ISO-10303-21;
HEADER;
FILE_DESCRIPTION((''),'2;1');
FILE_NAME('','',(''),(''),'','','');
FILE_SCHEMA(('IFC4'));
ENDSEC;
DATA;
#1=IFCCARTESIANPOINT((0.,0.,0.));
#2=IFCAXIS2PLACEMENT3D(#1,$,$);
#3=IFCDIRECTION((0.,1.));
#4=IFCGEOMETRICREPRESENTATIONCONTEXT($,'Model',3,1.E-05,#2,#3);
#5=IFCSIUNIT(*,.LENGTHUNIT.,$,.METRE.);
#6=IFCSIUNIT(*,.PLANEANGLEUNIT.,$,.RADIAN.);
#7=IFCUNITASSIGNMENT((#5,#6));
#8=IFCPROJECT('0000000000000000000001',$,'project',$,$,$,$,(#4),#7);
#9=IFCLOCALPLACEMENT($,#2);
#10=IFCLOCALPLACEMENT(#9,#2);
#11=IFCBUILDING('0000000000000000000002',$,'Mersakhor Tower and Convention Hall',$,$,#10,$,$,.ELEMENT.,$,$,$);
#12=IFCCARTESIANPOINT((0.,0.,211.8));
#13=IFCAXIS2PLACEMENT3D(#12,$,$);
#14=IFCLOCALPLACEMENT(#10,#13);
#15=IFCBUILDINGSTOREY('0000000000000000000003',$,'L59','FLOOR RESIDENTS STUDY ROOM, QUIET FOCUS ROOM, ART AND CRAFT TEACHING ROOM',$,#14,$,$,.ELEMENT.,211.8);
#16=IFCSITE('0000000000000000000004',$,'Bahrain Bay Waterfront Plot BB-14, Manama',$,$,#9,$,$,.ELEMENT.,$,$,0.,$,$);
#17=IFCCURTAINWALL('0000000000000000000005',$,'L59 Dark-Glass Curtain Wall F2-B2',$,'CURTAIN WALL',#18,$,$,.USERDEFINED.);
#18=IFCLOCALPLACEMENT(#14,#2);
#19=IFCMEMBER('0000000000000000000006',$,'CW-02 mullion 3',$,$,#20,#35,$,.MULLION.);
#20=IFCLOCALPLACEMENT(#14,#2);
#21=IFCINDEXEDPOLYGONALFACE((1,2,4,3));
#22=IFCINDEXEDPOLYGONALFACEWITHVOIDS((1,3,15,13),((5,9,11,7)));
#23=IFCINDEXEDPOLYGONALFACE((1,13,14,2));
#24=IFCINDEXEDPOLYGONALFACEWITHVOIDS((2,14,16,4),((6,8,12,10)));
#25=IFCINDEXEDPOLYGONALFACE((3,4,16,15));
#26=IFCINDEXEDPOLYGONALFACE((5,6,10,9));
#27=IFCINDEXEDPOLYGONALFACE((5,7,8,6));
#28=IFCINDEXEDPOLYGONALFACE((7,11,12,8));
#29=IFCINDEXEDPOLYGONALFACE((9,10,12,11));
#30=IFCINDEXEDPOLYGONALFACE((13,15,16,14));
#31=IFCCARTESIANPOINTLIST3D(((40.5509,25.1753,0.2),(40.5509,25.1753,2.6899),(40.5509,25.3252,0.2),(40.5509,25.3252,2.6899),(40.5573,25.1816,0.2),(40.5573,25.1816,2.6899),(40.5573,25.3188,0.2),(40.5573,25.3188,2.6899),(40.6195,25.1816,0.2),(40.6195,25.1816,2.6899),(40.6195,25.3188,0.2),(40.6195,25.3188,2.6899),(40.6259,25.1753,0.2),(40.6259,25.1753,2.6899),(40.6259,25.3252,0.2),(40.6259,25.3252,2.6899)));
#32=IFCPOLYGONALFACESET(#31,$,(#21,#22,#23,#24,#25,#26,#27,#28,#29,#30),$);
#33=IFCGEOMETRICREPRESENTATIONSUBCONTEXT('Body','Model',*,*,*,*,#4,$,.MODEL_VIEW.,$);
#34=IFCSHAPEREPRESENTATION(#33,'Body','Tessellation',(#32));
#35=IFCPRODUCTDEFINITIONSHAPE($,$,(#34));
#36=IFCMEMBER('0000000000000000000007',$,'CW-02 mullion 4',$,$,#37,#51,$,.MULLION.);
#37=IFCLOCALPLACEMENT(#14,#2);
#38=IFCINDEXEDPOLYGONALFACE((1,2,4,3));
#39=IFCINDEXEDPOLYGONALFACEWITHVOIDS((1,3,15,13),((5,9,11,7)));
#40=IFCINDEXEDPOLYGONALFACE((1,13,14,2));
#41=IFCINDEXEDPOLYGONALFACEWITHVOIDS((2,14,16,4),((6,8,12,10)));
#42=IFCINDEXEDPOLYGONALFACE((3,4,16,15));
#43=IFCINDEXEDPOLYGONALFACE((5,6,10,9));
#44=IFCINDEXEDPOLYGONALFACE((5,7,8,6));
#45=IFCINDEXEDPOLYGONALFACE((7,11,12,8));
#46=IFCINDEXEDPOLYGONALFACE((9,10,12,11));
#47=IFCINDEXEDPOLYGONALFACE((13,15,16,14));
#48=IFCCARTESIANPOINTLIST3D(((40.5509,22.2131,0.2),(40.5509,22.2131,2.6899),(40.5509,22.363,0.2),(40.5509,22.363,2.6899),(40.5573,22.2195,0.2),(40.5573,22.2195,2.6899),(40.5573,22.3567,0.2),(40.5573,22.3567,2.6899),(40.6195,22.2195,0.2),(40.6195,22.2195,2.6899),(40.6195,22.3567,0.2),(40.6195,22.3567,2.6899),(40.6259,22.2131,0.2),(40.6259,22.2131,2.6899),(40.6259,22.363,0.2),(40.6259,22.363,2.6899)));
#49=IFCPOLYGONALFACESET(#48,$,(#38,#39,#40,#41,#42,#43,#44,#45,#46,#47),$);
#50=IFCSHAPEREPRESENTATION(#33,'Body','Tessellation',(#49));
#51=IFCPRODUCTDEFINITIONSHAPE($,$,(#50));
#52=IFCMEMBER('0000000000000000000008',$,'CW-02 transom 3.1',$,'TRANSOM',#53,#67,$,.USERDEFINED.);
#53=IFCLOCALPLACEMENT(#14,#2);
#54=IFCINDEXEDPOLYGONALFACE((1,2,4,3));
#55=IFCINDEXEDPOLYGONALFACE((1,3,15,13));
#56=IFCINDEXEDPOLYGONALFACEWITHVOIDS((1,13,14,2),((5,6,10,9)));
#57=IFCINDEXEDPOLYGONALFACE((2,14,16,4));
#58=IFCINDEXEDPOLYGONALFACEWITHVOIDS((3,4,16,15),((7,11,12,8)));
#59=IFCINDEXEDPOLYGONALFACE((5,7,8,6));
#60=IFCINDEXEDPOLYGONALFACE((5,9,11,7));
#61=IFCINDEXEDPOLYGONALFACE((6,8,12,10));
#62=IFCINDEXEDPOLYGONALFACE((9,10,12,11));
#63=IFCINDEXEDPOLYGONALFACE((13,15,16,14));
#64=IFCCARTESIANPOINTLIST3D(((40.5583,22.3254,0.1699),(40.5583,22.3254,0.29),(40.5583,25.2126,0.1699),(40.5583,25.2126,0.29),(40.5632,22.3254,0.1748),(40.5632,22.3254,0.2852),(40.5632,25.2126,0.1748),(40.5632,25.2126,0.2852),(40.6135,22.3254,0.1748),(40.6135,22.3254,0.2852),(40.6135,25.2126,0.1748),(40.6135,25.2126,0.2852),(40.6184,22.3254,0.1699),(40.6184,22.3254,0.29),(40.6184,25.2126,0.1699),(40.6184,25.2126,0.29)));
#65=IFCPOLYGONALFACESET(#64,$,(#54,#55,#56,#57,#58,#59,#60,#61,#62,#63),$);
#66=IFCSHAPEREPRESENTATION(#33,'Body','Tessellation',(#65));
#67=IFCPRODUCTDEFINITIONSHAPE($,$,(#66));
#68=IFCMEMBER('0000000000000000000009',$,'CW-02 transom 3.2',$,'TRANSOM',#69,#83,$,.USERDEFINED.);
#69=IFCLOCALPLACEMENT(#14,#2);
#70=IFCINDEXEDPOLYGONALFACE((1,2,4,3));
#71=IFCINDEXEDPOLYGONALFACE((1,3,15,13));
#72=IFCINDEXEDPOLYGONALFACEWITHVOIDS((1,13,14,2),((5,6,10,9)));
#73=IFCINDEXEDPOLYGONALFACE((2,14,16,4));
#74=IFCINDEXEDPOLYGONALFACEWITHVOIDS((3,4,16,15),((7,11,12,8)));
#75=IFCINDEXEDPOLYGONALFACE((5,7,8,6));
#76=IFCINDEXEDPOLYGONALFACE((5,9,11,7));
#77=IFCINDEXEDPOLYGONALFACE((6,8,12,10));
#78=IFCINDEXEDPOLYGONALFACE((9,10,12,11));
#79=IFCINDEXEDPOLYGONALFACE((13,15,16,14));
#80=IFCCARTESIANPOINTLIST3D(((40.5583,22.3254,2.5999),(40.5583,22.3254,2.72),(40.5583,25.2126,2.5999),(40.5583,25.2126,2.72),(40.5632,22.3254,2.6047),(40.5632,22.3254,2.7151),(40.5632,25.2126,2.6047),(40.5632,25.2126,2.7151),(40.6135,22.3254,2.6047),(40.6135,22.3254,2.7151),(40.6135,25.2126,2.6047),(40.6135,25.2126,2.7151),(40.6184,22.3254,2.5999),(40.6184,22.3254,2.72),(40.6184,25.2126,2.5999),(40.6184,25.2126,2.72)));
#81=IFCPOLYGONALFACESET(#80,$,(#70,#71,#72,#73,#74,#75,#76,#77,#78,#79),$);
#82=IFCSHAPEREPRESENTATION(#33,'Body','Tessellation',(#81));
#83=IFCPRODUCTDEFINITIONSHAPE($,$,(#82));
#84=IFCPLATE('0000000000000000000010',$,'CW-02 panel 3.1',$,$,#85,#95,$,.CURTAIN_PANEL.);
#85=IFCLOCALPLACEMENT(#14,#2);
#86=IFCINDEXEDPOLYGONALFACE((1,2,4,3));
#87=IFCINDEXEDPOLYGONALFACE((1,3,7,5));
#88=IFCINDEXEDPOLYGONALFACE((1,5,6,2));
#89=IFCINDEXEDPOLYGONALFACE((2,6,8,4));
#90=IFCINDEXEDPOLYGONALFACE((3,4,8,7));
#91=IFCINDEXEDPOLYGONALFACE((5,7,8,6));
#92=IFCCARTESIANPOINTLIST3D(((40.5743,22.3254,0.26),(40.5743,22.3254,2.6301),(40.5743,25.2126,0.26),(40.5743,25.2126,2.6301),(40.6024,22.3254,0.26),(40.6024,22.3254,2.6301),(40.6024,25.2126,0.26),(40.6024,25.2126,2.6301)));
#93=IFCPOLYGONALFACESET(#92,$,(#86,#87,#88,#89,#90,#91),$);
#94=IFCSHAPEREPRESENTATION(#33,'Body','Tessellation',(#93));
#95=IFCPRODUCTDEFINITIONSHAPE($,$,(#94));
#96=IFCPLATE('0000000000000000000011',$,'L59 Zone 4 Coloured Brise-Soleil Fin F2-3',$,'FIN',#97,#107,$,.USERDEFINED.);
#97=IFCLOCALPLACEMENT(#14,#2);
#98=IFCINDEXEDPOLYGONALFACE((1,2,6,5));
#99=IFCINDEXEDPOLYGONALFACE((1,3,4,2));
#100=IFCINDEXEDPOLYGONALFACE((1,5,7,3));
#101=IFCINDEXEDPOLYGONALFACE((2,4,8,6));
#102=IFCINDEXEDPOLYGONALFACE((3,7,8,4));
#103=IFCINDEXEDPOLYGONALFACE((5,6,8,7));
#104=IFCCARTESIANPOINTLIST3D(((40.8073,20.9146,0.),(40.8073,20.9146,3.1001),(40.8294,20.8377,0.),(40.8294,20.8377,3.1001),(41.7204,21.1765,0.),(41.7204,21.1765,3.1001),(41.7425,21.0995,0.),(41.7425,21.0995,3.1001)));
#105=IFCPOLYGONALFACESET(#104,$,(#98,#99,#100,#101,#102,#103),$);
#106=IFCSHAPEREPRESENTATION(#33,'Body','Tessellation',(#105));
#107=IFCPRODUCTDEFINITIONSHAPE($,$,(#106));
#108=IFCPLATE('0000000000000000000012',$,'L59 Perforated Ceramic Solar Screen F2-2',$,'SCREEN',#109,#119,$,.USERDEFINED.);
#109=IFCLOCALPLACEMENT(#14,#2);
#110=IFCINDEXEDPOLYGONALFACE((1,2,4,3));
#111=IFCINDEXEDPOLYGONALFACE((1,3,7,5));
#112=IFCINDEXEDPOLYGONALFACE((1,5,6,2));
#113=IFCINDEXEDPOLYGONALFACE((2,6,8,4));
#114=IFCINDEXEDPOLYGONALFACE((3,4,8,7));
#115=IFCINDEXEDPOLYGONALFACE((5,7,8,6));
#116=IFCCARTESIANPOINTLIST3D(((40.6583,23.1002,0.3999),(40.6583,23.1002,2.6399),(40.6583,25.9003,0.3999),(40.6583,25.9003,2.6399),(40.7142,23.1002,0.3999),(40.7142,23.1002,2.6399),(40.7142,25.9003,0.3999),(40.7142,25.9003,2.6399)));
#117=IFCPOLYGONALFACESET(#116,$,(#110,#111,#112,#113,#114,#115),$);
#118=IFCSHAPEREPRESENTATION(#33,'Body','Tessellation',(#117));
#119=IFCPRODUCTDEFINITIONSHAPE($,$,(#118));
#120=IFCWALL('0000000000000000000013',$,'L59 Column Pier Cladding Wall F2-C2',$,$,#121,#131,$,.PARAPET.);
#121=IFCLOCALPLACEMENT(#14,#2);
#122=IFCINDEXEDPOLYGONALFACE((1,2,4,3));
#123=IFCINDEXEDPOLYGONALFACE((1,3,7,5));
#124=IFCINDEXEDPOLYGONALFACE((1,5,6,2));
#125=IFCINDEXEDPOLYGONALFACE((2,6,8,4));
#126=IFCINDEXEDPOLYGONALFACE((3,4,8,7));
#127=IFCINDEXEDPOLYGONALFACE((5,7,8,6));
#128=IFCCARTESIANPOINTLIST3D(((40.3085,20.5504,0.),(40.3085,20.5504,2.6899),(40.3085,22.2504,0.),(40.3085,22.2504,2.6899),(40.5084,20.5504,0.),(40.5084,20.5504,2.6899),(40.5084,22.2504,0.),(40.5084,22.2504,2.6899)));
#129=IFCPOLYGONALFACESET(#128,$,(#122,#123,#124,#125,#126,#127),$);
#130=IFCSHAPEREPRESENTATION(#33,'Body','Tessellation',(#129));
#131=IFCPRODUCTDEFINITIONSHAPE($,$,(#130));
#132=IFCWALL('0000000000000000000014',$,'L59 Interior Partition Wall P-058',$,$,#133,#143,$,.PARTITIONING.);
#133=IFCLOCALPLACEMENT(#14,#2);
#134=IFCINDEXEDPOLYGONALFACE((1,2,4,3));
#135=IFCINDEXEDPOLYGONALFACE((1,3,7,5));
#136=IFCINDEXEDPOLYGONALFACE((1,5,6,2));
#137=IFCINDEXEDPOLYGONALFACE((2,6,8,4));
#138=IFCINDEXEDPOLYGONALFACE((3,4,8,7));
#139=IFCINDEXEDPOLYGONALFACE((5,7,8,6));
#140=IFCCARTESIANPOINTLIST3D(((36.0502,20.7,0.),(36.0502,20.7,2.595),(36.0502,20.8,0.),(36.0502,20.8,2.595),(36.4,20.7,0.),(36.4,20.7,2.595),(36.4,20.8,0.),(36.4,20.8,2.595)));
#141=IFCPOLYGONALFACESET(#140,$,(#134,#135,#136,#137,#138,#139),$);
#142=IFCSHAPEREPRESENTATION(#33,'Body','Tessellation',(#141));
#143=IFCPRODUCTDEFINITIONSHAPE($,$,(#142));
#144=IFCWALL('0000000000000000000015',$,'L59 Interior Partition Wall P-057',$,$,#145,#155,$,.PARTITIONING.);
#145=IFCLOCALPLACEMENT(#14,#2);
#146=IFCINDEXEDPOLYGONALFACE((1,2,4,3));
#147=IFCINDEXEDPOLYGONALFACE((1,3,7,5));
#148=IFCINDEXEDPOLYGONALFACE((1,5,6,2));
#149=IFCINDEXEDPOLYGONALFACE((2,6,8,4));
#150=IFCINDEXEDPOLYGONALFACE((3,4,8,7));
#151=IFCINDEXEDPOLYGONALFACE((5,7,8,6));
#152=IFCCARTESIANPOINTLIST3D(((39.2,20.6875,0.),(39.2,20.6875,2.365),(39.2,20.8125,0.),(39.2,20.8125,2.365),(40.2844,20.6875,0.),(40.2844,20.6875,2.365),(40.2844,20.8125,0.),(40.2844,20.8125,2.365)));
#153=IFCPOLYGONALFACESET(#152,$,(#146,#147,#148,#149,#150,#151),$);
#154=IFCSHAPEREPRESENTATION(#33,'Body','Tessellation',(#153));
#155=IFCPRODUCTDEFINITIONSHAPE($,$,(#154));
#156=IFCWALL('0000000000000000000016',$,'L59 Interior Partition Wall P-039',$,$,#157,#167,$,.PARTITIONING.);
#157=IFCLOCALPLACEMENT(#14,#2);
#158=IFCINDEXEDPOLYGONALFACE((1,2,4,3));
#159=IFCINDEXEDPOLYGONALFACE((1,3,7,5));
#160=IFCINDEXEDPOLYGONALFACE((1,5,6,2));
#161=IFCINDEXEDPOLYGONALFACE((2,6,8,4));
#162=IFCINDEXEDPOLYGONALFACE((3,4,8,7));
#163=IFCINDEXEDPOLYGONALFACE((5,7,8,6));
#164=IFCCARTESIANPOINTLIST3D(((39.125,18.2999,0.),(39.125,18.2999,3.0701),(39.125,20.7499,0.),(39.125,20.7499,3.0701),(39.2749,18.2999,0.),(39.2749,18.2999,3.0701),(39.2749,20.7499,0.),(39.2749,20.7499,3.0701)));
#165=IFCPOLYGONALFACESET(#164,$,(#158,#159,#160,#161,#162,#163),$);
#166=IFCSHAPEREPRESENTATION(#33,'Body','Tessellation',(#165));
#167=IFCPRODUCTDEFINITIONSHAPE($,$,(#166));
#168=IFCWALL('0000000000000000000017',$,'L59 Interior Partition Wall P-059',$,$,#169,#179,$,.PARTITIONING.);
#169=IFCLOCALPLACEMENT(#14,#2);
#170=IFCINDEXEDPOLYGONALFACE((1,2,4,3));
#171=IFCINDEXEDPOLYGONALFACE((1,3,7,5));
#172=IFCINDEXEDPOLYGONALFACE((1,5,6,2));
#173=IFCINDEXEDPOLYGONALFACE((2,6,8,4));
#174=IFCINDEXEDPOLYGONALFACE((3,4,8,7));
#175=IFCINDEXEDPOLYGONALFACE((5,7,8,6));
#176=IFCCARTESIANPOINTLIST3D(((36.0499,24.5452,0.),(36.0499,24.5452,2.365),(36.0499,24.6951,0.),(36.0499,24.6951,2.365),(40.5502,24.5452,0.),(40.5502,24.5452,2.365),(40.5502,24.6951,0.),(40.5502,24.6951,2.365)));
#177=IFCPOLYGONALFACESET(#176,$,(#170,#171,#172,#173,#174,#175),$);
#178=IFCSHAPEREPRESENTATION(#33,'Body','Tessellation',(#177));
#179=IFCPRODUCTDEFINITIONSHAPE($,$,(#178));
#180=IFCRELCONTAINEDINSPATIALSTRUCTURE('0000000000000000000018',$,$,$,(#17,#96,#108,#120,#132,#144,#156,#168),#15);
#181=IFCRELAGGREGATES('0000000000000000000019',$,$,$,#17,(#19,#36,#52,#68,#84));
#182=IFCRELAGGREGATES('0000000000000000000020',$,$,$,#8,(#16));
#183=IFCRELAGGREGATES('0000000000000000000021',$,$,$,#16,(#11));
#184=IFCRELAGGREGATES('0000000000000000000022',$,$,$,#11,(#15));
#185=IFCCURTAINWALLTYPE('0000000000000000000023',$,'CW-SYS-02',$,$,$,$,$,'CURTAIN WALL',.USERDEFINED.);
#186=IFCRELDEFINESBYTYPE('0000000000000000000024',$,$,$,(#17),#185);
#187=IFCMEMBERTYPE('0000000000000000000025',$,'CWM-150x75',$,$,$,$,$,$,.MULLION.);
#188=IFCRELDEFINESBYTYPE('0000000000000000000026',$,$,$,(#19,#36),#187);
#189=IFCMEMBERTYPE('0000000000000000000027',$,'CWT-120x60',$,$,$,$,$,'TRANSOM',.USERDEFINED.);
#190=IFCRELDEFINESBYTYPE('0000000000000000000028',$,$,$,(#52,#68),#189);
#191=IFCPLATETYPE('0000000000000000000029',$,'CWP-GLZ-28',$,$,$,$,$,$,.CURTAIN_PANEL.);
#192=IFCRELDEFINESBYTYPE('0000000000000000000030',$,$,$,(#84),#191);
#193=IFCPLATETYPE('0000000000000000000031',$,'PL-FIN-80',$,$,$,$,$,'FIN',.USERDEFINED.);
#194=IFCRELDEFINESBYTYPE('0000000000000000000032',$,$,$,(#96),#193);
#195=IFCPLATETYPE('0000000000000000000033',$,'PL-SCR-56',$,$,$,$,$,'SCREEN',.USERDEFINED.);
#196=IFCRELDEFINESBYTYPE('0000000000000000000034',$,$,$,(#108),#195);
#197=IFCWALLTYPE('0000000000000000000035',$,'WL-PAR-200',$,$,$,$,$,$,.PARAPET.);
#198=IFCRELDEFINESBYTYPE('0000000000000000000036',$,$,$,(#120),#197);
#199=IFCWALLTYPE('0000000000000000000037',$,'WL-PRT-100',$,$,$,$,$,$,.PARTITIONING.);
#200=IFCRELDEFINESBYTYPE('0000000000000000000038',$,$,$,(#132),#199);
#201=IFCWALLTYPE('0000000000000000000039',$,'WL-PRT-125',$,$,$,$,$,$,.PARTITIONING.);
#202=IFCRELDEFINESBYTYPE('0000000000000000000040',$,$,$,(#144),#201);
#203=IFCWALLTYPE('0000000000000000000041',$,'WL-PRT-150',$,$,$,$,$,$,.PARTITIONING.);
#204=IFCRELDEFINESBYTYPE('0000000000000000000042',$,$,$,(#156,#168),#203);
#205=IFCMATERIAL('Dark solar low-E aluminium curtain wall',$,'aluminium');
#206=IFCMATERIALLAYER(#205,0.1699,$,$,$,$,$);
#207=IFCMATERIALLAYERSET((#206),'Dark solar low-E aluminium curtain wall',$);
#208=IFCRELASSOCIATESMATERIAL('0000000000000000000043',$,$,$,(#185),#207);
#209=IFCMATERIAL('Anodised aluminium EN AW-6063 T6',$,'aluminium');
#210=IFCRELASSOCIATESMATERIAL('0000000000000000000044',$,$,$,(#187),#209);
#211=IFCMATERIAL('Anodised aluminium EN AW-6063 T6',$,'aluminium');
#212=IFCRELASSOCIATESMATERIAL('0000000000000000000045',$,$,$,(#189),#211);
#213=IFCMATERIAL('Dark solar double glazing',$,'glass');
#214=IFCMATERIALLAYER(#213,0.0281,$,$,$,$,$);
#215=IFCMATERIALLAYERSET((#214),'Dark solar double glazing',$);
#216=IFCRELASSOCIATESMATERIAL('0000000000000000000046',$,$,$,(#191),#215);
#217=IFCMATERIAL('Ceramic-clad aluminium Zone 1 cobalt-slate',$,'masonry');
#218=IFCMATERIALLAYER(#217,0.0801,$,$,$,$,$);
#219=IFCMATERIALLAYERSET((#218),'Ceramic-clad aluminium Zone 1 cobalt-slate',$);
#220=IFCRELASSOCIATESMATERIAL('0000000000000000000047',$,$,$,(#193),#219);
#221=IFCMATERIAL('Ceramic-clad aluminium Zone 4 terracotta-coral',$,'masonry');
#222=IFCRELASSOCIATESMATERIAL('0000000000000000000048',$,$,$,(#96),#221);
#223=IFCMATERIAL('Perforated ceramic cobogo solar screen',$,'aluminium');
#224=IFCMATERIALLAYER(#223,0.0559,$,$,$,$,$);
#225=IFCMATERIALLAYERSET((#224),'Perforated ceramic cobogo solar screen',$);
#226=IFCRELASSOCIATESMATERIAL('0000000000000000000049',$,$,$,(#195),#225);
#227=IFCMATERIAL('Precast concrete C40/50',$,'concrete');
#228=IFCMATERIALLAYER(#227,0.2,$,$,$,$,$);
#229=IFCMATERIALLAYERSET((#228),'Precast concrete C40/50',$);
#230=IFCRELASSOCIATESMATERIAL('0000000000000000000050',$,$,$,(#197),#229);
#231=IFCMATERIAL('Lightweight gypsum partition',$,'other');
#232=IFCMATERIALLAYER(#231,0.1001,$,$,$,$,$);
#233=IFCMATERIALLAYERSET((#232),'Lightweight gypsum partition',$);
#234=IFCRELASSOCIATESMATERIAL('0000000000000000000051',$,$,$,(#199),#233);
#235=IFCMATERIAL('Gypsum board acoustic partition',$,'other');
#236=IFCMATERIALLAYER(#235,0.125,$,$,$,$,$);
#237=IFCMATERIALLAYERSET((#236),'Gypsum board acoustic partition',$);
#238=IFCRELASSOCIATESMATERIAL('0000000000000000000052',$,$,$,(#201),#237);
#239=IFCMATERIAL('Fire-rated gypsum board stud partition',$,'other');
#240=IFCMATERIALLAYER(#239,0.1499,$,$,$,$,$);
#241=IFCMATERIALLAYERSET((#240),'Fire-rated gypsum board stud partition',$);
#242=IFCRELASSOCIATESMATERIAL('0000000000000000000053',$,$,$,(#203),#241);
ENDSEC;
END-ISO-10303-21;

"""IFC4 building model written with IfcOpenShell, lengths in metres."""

from ifc_helpers import new_model, si_unit, direction, frame, frame_2d, origin, origin_2d, place, context, subcontext, project, spatial, rectangle, hollow_rectangle, extrude, material, layer, layer_set, material_profile, profile_set, type_object, element, aggregate, save


model = new_model("IFC4")

# Units and contexts
model_context = context("Model", 3, precision=1e-05, world=origin(), true_north=direction((0.0, 1.0)))
body_context = subcontext(model_context, "Body", "Model", "MODEL_VIEW")
ifc_project = project(units=[si_unit("LENGTHUNIT", "METRE"), si_unit("PLANEANGLEUNIT", "RADIAN")], contexts=[model_context])

# Site, building, storey
site_placement = place(None, origin())
site = spatial("IfcSite", under=ifc_project, at=site_placement, Name="Bahrain Bay Waterfront Plot BB-14, Manama", CompositionType="ELEMENT", RefElevation=0.0)
building_placement = place(site_placement, origin())
building = spatial("IfcBuilding", under=site, at=building_placement, Name="Mersakhor Tower and Convention Hall", CompositionType="ELEMENT")
storey_placement = place(building_placement, frame((0.0, 0.0, 211.8)))
storey = spatial("IfcBuildingStorey", under=building, at=storey_placement, Name="L59", Description="FLOOR RESIDENTS STUDY ROOM, QUIET FOCUS ROOM, ART AND CRAFT TEACHING ROOM", CompositionType="ELEMENT", Elevation=211.8)

# Curtain wall, members, plate
ifc_material_1 = material(Name="Dark solar low-E aluminium curtain wall", Category="aluminium")
ifc_layer_1 = layer(ifc_material_1, 0.1699)
ifc_layer_set_1 = layer_set([ifc_layer_1], Name="Dark solar low-E aluminium curtain wall")
curtain_wall_type = type_object("IfcCurtainWallType", Name="CW-SYS-02", ElementType="CURTAIN WALL", PredefinedType="USERDEFINED", material=ifc_layer_set_1)
curtain_wall_placement = place(storey_placement, origin())
curtain_wall = element("IfcCurtainWall", 1, at=curtain_wall_placement, inside=storey, type_object=curtain_wall_type, Name="L59 Dark-Glass Curtain Wall F2-B2", ObjectType="CURTAIN WALL", PredefinedType="USERDEFINED")
ifc_material_2 = material(Name="Anodised aluminium EN AW-6063 T6", Category="aluminium")
ifc_material_profile_1 = material_profile(ifc_material_2, hollow_rectangle(XDim=0.075, YDim=0.1499, WallThickness=0.0063, at=origin_2d()), Name="RHS 150x75x6.3")
ifc_profile_set_1 = profile_set([ifc_material_profile_1], Name="Anodised aluminium EN AW-6063 T6")
member_type_1 = type_object("IfcMemberType", Name="CWM-150x75", PredefinedType="MULLION", material=ifc_profile_set_1)
member_1_placement = place(storey_placement, frame((40.5884, 25.2502, 0.2), z_axis=(0.0, 0.0, 1.0), x_axis=(1.0, 0.0, 0.0)))
member_1 = element("IfcMember", 2, at=member_1_placement, type_object=member_type_1, Name="CW-02 mullion 3", PredefinedType="MULLION", context=body_context, shape_type="SweptSolid", body=[
    extrude(hollow_rectangle(XDim=0.075, YDim=0.1499, WallThickness=0.0063, at=origin_2d()), origin(), (0.0, 0.0, 1.0), 2.49),
])
member_2_placement = place(storey_placement, frame((40.5884, 22.2881, 0.2), z_axis=(0.0, 0.0, 1.0), x_axis=(1.0, 0.0, 0.0)))
member_2 = element("IfcMember", 3, at=member_2_placement, type_object=member_type_1, Name="CW-02 mullion 4", PredefinedType="MULLION", context=body_context, shape_type="SweptSolid", body=[
    extrude(hollow_rectangle(XDim=0.075, YDim=0.1499, WallThickness=0.0063, at=origin_2d()), origin(), (0.0, 0.0, 1.0), 2.49),
])
ifc_material_3 = material(Name="Anodised aluminium EN AW-6063 T6", Category="aluminium")
ifc_material_profile_2 = material_profile(ifc_material_3, hollow_rectangle(XDim=0.0601, YDim=0.1201, WallThickness=0.0049, at=origin_2d()), Name="RHS 120x60x5")
ifc_profile_set_2 = profile_set([ifc_material_profile_2], Name="Anodised aluminium EN AW-6063 T6")
member_type_2 = type_object("IfcMemberType", Name="CWT-120x60", ElementType="TRANSOM", PredefinedType="USERDEFINED", material=ifc_profile_set_2)
member_3_placement = place(storey_placement, frame((40.5884, 25.2126, 0.23), z_axis=(0.0, -1.0, 0.0), x_axis=(1.0, 0.0, 0.0)))
member_3 = element("IfcMember", 4, at=member_3_placement, type_object=member_type_2, Name="CW-02 transom 3.1", ObjectType="TRANSOM", PredefinedType="USERDEFINED", context=body_context, shape_type="SweptSolid", body=[
    extrude(hollow_rectangle(XDim=0.0601, YDim=0.1201, WallThickness=0.0049, at=origin_2d()), origin(), (0.0, 0.0, 1.0), 2.8872),
])
member_4_placement = place(storey_placement, frame((40.5884, 25.2126, 2.6599), z_axis=(0.0, -1.0, 0.0), x_axis=(1.0, 0.0, 0.0)))
member_4 = element("IfcMember", 5, at=member_4_placement, type_object=member_type_2, Name="CW-02 transom 3.2", ObjectType="TRANSOM", PredefinedType="USERDEFINED", context=body_context, shape_type="SweptSolid", body=[
    extrude(hollow_rectangle(XDim=0.0601, YDim=0.1201, WallThickness=0.0049, at=origin_2d()), origin(), (0.0, 0.0, 1.0), 2.8872),
])
ifc_material_4 = material(Name="Dark solar double glazing", Category="glass")
ifc_layer_2 = layer(ifc_material_4, 0.0281)
ifc_layer_set_2 = layer_set([ifc_layer_2], Name="Dark solar double glazing")
plate_type_1 = type_object("IfcPlateType", Name="CWP-GLZ-28", PredefinedType="CURTAIN_PANEL", material=ifc_layer_set_2)
plate_1_placement = place(storey_placement, frame((40.5884, 23.769, 0.26), z_axis=(0.0, 0.0, 1.0), x_axis=(0.0, -1.0, 0.0)))
plate_1 = element("IfcPlate", 6, at=plate_1_placement, type_object=plate_type_1, Name="CW-02 panel 3.1", PredefinedType="CURTAIN_PANEL", context=body_context, shape_type="SweptSolid", body=[
    extrude(rectangle(XDim=2.8872, YDim=0.0281, at=origin_2d()), origin(), (0.0, 0.0, 1.0), 2.3701),
])
aggregate(curtain_wall, [member_1, member_2, member_3, member_4, plate_1])

# Plates
ifc_material_5 = material(Name="Ceramic-clad aluminium Zone 4 terracotta-coral", Category="masonry")
ifc_material_6 = material(Name="Ceramic-clad aluminium Zone 1 cobalt-slate", Category="masonry")
ifc_layer_3 = layer(ifc_material_6, 0.0801)
ifc_layer_set_3 = layer_set([ifc_layer_3], Name="Ceramic-clad aluminium Zone 1 cobalt-slate")
plate_type_2 = type_object("IfcPlateType", Name="PL-FIN-80", ElementType="FIN", PredefinedType="USERDEFINED", material=ifc_layer_set_3)
plate_2_placement = place(storey_placement, frame((41.2749, 21.0071, 0.0), z_axis=(0.0, 0.0, 1.0), x_axis=(0.961262, 0.275637, 0.0)))
element("IfcPlate", 7, at=plate_2_placement, inside=storey, type_object=plate_type_2, material=ifc_material_5, Name="L59 Zone 4 Coloured Brise-Soleil Fin F2-3", ObjectType="FIN", PredefinedType="USERDEFINED", context=body_context, shape_type="SweptSolid", body=[
    extrude(rectangle(XDim=0.95, YDim=0.0801, at=origin_2d()), origin(), (0.0, 0.0, 1.0), 3.1001),
])
ifc_material_7 = material(Name="Perforated ceramic cobogo solar screen", Category="aluminium")
ifc_layer_4 = layer(ifc_material_7, 0.0559)
ifc_layer_set_4 = layer_set([ifc_layer_4], Name="Perforated ceramic cobogo solar screen")
plate_type_3 = type_object("IfcPlateType", Name="PL-SCR-56", ElementType="SCREEN", PredefinedType="USERDEFINED", material=ifc_layer_set_4)
plate_3_placement = place(storey_placement, frame((40.6863, 24.5002, 0.3999), z_axis=(0.0, 0.0, 1.0), x_axis=(0.0, -1.0, 0.0)))
element("IfcPlate", 8, at=plate_3_placement, inside=storey, type_object=plate_type_3, Name="L59 Perforated Ceramic Solar Screen F2-2", ObjectType="SCREEN", PredefinedType="USERDEFINED", context=body_context, shape_type="SweptSolid", body=[
    extrude(rectangle(XDim=2.8, YDim=0.0559, at=origin_2d()), origin(), (0.0, 0.0, 1.0), 2.24),
])

# Walls
ifc_material_8 = material(Name="Precast concrete C40/50", Category="concrete")
ifc_layer_5 = layer(ifc_material_8, 0.2)
ifc_layer_set_5 = layer_set([ifc_layer_5], Name="Precast concrete C40/50")
wall_type_1 = type_object("IfcWallType", Name="WL-PAR-200", PredefinedType="PARAPET", material=ifc_layer_set_5)
wall_1_placement = place(storey_placement, frame((40.4084, 22.2505, 0.0), z_axis=(0.0, 0.0, 1.0), x_axis=(0.0, -1.0, 0.0)))
element("IfcWall", 9, at=wall_1_placement, inside=storey, type_object=wall_type_1, Name="L59 Column Pier Cladding Wall F2-C2", PredefinedType="PARAPET", context=body_context, shape_type="SweptSolid", body=[
    extrude(rectangle(XDim=1.7, YDim=0.2, at=frame_2d((0.8501, 0.0))), origin(), (0.0, 0.0, 1.0), 2.6899),
])
ifc_material_9 = material(Name="Lightweight gypsum partition", Category="other")
ifc_layer_6 = layer(ifc_material_9, 0.1001)
ifc_layer_set_6 = layer_set([ifc_layer_6], Name="Lightweight gypsum partition")
wall_type_2 = type_object("IfcWallType", Name="WL-PRT-100", PredefinedType="PARTITIONING", material=ifc_layer_set_6)
wall_2_placement = place(storey_placement, frame((36.3999, 20.75, 0.0), z_axis=(0.0, 0.0, 1.0), x_axis=(-1.0, 0.0, 0.0)))
element("IfcWall", 10, at=wall_2_placement, inside=storey, type_object=wall_type_2, Name="L59 Interior Partition Wall P-058", PredefinedType="PARTITIONING", context=body_context, shape_type="SweptSolid", body=[
    extrude(rectangle(XDim=0.3499, YDim=0.1001, at=frame_2d((0.1748, 0.0))), origin(), (0.0, 0.0, 1.0), 2.595),
])
ifc_material_10 = material(Name="Gypsum board acoustic partition", Category="other")
ifc_layer_7 = layer(ifc_material_10, 0.125)
ifc_layer_set_7 = layer_set([ifc_layer_7], Name="Gypsum board acoustic partition")
wall_type_3 = type_object("IfcWallType", Name="WL-PRT-125", PredefinedType="PARTITIONING", material=ifc_layer_set_7)
wall_3_placement = place(storey_placement, frame((40.2844, 20.75, 0.0), z_axis=(0.0, 0.0, 1.0), x_axis=(-1.0, 0.0, 0.0)))
element("IfcWall", 11, at=wall_3_placement, inside=storey, type_object=wall_type_3, Name="L59 Interior Partition Wall P-057", PredefinedType="PARTITIONING", context=body_context, shape_type="SweptSolid", body=[
    extrude(rectangle(XDim=1.0845, YDim=0.125, at=frame_2d((0.5422, 0.0))), origin(), (0.0, 0.0, 1.0), 2.365),
])

# Shared definitions
ifc_material_11 = material(Name="Fire-rated gypsum board stud partition", Category="other")
ifc_layer_8 = layer(ifc_material_11, 0.1499)
ifc_layer_set_8 = layer_set([ifc_layer_8], Name="Fire-rated gypsum board stud partition")
wall_type_4 = type_object("IfcWallType", Name="WL-PRT-150", PredefinedType="PARTITIONING", material=ifc_layer_set_8)

# Walls
wall_4_placement = place(storey_placement, frame((39.2, 20.75, 0.0), z_axis=(0.0, 0.0, 1.0), x_axis=(0.0, -1.0, 0.0)))
element("IfcWall", 12, at=wall_4_placement, inside=storey, type_object=wall_type_4, Name="L59 Interior Partition Wall P-039", PredefinedType="PARTITIONING", context=body_context, shape_type="SweptSolid", body=[
    extrude(rectangle(XDim=2.45, YDim=0.1499, at=frame_2d((1.2251, 0.0))), origin(), (0.0, 0.0, 1.0), 3.0701),
])
wall_5_placement = place(storey_placement, frame((36.05, 24.6201, 0.0), z_axis=(0.0, 0.0, 1.0), x_axis=(1.0, 0.0, 0.0)))
element("IfcWall", 13, at=wall_5_placement, inside=storey, type_object=wall_type_4, Name="L59 Interior Partition Wall P-059", PredefinedType="PARTITIONING", context=body_context, shape_type="SweptSolid", body=[
    extrude(rectangle(XDim=4.5002, YDim=0.1499, at=frame_2d((2.25, 0.0))), origin(), (0.0, 0.0, 1.0), 2.365),
])

save(model, "model.ifc")
